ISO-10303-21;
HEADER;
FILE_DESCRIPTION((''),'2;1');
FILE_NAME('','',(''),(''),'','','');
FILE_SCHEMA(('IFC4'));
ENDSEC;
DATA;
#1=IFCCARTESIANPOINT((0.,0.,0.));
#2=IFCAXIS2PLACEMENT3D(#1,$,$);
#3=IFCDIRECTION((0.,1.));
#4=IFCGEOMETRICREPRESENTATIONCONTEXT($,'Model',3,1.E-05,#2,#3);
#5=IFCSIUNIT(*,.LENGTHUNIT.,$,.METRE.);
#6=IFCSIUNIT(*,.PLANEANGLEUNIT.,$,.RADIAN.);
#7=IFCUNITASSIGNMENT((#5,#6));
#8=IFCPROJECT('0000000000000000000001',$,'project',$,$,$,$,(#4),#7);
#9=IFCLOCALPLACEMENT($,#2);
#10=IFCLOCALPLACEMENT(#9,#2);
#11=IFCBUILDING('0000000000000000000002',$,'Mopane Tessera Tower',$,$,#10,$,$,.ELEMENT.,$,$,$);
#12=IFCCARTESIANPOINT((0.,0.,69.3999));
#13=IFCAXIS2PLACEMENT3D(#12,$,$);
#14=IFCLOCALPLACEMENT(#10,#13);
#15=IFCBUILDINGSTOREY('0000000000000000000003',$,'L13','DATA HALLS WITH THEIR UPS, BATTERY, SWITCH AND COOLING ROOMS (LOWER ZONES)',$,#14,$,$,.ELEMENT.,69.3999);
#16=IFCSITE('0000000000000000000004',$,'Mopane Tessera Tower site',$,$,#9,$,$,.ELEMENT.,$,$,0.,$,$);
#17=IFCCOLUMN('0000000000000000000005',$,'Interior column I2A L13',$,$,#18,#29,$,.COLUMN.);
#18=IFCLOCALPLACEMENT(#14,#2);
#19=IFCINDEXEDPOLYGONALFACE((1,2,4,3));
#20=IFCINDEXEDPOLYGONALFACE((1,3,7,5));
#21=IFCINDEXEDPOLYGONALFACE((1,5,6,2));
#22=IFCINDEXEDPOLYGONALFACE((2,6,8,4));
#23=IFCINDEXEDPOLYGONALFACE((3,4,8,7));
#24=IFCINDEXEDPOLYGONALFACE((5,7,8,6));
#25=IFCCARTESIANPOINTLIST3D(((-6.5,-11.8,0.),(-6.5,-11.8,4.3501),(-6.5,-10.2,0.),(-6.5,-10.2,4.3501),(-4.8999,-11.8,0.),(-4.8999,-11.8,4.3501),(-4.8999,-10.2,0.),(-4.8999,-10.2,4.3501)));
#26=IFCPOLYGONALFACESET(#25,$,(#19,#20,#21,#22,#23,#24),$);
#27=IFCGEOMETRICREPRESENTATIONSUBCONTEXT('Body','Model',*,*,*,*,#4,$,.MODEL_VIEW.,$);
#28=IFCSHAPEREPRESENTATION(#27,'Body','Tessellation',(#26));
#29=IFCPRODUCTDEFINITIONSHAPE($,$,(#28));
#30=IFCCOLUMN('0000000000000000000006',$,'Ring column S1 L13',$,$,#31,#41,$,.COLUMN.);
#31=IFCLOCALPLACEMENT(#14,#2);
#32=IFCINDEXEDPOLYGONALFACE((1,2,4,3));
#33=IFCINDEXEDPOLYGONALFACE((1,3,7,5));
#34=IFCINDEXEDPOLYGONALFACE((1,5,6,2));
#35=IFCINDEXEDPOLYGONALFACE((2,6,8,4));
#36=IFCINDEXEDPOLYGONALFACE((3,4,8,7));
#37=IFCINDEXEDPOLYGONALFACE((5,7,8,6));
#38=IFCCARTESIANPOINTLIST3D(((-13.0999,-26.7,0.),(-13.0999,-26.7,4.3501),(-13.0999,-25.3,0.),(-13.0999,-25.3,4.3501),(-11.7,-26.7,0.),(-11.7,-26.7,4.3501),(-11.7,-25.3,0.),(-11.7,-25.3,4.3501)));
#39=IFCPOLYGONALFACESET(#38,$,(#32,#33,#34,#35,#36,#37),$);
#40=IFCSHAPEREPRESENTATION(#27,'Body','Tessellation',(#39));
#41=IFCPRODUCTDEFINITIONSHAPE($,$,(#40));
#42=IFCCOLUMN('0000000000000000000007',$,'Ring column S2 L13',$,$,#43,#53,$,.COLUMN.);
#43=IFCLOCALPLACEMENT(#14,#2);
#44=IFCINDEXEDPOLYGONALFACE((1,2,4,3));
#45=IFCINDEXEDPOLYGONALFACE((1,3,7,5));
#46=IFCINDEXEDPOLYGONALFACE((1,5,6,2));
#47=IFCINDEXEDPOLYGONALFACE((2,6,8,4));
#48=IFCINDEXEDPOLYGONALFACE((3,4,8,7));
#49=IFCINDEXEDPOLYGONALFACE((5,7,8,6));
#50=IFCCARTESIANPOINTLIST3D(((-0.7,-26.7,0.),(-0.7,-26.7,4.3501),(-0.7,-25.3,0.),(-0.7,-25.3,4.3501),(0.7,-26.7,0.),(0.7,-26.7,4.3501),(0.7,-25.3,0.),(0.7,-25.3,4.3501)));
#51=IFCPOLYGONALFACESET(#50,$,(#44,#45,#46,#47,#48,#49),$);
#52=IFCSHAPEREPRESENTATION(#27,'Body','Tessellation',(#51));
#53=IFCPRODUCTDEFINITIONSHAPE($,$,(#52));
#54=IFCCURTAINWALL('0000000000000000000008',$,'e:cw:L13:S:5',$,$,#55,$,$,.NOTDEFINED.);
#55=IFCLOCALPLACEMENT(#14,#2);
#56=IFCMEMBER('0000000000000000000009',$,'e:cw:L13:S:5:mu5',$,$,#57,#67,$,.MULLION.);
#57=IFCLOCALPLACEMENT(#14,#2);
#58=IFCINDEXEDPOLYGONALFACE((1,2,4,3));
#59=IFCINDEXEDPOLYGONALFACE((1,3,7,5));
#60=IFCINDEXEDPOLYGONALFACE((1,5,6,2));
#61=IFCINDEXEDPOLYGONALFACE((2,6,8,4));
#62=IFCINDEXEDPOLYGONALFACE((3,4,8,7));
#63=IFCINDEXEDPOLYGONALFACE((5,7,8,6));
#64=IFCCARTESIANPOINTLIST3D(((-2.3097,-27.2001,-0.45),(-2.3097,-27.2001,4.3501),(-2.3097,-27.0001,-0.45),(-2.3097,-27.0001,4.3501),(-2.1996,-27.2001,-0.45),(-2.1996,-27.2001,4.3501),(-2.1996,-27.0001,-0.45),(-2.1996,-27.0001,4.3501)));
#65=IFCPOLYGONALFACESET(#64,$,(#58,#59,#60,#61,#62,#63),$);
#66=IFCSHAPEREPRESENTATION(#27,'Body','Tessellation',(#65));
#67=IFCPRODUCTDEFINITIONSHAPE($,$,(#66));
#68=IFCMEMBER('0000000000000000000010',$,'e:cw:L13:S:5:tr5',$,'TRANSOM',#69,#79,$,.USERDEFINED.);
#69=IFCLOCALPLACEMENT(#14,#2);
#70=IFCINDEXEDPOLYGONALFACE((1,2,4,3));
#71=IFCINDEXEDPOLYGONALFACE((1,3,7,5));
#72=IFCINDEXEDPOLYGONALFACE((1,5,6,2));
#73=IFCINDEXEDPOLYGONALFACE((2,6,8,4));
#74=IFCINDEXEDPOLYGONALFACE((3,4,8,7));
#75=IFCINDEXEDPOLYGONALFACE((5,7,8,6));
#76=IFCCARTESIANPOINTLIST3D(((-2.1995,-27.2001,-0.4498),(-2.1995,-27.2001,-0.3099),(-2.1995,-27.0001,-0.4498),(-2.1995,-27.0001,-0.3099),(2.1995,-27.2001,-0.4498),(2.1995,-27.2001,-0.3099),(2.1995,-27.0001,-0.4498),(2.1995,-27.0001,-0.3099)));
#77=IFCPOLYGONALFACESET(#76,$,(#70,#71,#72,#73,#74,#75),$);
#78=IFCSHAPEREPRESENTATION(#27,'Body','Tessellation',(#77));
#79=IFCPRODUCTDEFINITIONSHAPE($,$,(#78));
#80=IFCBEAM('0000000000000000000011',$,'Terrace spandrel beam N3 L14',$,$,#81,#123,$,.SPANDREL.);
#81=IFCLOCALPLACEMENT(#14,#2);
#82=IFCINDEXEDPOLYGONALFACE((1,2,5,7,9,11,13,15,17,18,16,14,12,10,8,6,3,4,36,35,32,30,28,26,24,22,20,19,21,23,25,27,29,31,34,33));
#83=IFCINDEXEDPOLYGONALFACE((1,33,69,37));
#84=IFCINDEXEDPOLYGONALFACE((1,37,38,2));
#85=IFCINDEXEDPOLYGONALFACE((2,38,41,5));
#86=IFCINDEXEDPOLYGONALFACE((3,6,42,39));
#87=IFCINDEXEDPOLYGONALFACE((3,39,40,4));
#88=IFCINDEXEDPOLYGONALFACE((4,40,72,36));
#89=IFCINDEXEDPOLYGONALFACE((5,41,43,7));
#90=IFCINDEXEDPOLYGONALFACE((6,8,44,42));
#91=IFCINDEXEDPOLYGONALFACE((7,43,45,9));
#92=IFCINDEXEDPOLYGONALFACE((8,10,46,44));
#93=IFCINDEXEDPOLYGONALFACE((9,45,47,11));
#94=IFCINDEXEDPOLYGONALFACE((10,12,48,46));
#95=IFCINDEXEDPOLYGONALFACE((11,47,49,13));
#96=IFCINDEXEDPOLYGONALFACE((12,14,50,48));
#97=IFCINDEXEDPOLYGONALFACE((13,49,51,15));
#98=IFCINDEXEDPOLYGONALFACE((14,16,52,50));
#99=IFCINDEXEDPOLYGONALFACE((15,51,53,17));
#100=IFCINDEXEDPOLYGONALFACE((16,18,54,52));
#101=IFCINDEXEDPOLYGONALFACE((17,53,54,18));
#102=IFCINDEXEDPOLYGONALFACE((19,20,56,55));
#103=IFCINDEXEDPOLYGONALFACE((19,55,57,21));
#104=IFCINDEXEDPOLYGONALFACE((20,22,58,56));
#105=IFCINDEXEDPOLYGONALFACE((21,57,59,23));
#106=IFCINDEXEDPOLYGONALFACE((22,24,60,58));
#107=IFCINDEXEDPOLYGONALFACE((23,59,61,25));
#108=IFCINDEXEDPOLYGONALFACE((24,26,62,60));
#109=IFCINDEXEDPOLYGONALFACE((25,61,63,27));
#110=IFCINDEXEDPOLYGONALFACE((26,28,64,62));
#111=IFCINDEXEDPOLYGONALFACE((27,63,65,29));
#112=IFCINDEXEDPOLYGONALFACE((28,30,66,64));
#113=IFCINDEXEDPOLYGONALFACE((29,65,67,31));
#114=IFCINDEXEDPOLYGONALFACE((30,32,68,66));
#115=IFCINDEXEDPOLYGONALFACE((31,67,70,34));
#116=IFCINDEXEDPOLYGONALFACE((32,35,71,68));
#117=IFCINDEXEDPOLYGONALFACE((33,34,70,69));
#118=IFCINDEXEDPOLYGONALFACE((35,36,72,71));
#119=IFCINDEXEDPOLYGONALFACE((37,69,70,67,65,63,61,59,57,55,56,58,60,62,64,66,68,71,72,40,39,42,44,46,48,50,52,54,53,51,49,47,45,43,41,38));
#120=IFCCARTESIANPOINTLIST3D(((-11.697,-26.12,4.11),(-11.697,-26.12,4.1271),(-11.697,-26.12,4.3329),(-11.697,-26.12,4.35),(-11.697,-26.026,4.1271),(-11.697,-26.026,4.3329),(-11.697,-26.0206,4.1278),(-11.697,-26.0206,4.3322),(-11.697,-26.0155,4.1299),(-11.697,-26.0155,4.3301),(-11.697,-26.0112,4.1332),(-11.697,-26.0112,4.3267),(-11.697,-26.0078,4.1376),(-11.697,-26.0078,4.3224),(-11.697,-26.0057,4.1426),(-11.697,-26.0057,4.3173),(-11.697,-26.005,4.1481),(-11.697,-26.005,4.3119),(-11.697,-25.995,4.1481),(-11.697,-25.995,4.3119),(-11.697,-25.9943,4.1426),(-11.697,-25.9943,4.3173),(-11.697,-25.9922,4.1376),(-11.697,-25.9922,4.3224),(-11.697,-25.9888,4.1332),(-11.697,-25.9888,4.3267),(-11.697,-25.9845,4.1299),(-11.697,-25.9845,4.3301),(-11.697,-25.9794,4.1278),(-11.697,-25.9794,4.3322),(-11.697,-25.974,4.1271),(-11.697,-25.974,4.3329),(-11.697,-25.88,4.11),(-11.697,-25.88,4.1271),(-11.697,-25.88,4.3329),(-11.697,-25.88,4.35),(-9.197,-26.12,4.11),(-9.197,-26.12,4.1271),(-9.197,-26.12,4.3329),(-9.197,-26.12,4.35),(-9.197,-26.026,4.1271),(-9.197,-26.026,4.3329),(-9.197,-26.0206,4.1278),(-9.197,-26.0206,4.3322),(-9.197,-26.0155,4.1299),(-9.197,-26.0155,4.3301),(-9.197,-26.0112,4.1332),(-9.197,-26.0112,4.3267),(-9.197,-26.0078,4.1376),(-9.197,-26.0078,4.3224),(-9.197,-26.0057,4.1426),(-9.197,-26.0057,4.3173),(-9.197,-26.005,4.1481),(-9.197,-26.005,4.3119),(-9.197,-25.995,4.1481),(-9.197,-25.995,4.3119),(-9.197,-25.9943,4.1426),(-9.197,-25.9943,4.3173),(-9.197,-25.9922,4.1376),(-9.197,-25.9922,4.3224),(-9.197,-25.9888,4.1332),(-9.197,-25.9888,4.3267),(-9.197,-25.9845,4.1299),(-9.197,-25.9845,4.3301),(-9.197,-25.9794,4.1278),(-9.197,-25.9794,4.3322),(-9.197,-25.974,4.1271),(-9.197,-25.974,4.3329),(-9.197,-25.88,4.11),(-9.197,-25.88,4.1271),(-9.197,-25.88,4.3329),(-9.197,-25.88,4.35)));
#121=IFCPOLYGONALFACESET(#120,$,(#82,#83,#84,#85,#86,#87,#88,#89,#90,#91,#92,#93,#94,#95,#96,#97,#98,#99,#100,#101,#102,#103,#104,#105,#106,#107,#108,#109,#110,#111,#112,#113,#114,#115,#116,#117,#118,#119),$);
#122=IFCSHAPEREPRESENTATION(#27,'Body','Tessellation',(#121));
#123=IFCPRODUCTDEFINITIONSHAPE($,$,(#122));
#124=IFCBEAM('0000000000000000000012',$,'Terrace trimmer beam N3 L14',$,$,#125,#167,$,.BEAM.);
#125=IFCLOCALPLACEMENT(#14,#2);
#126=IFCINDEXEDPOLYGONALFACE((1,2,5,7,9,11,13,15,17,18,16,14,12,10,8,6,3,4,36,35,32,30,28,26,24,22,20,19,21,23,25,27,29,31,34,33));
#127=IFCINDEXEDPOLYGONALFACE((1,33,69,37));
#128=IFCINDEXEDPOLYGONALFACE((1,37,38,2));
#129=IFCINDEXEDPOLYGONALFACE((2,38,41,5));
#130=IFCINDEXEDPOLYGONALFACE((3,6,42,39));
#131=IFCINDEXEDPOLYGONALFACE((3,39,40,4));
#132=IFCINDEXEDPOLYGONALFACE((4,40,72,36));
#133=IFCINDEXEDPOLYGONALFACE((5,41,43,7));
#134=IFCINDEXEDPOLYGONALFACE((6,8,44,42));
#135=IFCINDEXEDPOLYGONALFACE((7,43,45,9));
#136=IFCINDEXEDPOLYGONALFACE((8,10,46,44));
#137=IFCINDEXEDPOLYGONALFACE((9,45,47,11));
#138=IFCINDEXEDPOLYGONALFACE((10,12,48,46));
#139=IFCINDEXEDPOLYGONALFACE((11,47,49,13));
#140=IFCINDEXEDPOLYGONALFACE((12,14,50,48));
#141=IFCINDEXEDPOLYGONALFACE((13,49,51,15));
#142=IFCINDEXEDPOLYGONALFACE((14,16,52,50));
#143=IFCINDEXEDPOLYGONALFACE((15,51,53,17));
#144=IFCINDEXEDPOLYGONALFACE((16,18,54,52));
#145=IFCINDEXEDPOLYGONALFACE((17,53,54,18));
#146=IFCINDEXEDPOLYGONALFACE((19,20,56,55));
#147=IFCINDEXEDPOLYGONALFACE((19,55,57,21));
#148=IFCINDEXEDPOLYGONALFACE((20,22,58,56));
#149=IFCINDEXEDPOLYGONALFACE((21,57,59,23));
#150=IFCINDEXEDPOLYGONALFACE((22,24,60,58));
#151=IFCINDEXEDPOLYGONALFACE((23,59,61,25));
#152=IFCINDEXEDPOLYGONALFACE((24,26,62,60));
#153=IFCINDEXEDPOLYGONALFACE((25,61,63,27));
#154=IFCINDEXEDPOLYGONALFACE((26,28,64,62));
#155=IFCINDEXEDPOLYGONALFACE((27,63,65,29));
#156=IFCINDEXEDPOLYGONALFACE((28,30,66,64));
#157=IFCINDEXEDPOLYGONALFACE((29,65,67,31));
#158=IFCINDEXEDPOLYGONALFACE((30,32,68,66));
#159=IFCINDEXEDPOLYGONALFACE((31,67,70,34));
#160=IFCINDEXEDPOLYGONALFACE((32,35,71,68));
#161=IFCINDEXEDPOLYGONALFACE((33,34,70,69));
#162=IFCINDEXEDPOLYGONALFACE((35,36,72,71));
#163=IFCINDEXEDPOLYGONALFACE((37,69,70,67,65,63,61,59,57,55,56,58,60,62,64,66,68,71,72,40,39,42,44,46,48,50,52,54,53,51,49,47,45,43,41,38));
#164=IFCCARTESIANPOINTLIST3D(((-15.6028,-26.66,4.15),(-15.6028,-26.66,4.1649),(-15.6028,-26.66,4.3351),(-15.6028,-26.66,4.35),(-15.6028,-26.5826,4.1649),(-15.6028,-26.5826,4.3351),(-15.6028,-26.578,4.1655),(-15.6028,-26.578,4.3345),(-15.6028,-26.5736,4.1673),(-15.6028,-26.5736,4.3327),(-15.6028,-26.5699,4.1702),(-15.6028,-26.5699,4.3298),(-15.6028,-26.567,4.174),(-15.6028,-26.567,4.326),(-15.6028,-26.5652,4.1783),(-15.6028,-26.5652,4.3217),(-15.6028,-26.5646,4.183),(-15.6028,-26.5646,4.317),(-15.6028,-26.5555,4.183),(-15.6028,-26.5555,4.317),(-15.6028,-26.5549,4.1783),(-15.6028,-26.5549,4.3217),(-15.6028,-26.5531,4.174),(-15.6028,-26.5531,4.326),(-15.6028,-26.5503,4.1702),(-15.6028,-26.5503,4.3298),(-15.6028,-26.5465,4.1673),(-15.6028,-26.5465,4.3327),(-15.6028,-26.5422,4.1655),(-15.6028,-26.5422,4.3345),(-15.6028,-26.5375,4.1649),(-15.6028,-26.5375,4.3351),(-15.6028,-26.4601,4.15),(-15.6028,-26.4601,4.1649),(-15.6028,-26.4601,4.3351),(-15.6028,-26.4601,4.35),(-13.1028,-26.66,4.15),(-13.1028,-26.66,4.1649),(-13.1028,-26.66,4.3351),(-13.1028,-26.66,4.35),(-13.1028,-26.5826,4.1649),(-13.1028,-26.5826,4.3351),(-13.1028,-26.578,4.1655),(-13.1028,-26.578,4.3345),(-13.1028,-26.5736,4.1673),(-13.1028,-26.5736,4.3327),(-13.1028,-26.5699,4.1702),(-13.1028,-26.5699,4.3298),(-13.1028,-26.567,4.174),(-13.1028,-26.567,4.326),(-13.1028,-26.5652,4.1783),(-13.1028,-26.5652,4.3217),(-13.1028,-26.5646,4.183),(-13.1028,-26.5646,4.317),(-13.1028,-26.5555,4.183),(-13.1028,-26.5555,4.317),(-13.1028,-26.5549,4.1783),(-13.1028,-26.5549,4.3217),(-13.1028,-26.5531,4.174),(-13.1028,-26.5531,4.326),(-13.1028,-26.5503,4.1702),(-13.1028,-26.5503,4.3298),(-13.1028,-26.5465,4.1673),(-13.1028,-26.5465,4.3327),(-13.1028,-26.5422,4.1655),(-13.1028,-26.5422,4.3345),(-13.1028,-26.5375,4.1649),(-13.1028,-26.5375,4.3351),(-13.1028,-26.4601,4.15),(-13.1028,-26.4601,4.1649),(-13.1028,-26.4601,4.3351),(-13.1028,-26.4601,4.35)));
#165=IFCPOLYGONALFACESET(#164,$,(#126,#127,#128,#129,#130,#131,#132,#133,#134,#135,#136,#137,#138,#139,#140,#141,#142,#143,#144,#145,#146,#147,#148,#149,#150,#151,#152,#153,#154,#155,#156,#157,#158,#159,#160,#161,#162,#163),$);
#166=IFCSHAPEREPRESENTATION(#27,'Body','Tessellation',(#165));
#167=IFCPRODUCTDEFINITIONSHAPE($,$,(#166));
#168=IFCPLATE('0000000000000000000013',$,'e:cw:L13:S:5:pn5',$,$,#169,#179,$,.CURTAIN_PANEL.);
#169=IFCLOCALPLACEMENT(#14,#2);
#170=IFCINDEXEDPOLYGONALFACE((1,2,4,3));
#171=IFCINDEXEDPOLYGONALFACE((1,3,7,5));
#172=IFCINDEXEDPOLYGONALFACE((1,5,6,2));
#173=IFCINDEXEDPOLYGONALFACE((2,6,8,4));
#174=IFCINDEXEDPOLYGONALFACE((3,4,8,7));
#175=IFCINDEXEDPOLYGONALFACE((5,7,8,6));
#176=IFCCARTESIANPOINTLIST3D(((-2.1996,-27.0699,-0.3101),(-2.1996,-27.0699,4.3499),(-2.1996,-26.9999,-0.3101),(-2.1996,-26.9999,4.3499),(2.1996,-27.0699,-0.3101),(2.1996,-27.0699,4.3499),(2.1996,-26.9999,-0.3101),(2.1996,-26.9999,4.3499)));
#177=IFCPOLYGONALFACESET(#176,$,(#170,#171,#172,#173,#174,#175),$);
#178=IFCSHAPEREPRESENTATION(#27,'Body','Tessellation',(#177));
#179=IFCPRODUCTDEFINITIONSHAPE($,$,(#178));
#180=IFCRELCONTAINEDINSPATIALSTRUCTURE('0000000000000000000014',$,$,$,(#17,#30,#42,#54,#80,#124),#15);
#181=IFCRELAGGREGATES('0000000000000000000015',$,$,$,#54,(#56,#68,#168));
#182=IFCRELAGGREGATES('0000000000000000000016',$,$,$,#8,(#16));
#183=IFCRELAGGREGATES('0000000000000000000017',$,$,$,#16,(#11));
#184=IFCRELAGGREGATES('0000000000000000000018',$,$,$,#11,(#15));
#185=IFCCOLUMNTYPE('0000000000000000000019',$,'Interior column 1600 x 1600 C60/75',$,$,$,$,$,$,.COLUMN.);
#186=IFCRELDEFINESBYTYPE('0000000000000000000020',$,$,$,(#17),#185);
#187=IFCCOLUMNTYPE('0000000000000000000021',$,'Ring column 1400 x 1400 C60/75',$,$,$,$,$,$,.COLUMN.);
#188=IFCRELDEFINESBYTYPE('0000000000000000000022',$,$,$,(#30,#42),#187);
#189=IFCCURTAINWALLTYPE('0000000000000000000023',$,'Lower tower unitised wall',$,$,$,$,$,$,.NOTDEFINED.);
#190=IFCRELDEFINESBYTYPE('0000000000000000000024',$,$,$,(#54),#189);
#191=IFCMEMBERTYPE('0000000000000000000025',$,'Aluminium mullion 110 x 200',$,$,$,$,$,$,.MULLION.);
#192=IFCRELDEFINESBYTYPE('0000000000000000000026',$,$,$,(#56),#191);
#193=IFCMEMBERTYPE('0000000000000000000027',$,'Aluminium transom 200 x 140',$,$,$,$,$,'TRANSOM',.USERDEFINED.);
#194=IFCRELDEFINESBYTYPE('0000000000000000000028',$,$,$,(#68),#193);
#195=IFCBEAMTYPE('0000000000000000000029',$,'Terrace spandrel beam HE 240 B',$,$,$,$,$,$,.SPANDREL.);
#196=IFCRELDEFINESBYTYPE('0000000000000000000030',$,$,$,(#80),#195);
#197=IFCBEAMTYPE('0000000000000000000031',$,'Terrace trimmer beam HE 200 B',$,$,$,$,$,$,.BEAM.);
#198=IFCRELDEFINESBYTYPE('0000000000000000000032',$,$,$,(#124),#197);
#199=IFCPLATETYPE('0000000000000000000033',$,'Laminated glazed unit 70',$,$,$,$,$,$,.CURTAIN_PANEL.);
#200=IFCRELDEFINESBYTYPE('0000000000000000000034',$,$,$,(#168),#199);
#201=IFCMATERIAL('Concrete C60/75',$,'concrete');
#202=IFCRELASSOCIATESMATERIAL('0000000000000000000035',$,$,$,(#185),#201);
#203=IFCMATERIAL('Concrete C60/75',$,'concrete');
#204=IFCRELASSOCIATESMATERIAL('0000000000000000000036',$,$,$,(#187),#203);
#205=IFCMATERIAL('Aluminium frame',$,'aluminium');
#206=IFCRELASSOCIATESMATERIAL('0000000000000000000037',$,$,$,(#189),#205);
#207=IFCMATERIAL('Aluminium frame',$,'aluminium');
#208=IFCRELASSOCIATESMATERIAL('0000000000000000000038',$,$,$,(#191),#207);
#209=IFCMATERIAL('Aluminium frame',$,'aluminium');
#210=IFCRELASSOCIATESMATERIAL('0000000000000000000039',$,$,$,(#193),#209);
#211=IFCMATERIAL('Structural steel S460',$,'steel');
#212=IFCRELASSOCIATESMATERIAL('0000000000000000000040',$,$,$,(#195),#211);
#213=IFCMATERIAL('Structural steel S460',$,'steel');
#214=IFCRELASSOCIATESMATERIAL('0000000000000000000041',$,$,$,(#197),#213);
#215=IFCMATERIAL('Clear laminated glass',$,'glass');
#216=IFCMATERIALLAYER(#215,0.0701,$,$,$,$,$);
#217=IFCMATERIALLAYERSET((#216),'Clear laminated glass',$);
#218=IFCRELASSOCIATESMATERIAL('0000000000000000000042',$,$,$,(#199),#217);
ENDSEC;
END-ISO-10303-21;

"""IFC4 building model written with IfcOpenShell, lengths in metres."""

from ifc_helpers import new_model, si_unit, direction, frame, origin, origin_2d, place, context, subcontext, project, spatial, rectangle, i_section, extrude, material, layer, layer_set, material_profile, profile_set, type_object, element, aggregate, save


model = new_model("IFC4")

# Units and contexts
model_context = context("Model", 3, precision=1e-05, world=origin(), true_north=direction((0.0, 1.0)))
body_context = subcontext(model_context, "Body", "Model", "MODEL_VIEW")
ifc_project = project(units=[si_unit("LENGTHUNIT", "METRE"), si_unit("PLANEANGLEUNIT", "RADIAN")], contexts=[model_context])

# Site, building, storey
site_placement = place(None, origin())
site = spatial("IfcSite", under=ifc_project, at=site_placement, Name="Mopane Tessera Tower site", CompositionType="ELEMENT", RefElevation=0.0)
building_placement = place(site_placement, origin())
building = spatial("IfcBuilding", under=site, at=building_placement, Name="Mopane Tessera Tower", CompositionType="ELEMENT")
storey_placement = place(building_placement, frame((0.0, 0.0, 69.3999)))
storey = spatial("IfcBuildingStorey", under=building, at=storey_placement, Name="L13", Description="DATA HALLS WITH THEIR UPS, BATTERY, SWITCH AND COOLING ROOMS (LOWER ZONES)", CompositionType="ELEMENT", Elevation=69.3999)

# Columns
ifc_material_1 = material(Name="Concrete C60/75", Category="concrete")
ifc_material_profile_1 = material_profile(ifc_material_1, rectangle(XDim=1.6001, YDim=1.6001, at=origin_2d()))
ifc_profile_set_1 = profile_set([ifc_material_profile_1], Name="Concrete C60/75")
column_type_1 = type_object("IfcColumnType", Name="Interior column 1600 x 1600 C60/75", PredefinedType="COLUMN", material=ifc_profile_set_1)
column_placement = place(storey_placement, frame((-5.7, -11.0, 0.0), z_axis=(0.0, 0.0, 1.0), x_axis=(1.0, 0.0, 0.0)))
element("IfcColumn", 1, at=column_placement, inside=storey, type_object=column_type_1, Name="Interior column I2A L13", PredefinedType="COLUMN", context=body_context, shape_type="SweptSolid", body=[
    extrude(rectangle(XDim=1.6001, YDim=1.6001, at=origin_2d()), origin(), (0.0, 0.0, 1.0), 4.3501),
])
ifc_material_2 = material(Name="Concrete C60/75", Category="concrete")
ifc_material_profile_2 = material_profile(ifc_material_2, rectangle(XDim=1.3999, YDim=1.3999, at=origin_2d()))
ifc_profile_set_2 = profile_set([ifc_material_profile_2], Name="Concrete C60/75")
column_type_2 = type_object("IfcColumnType", Name="Ring column 1400 x 1400 C60/75", PredefinedType="COLUMN", material=ifc_profile_set_2)
for number, where, z_axis, x_axis, name in (
    (2, (-12.3999, -26.0, 0.0), (0.0, 0.0, 1.0), (1.0, 0.0, 0.0), "Ring column S1 L13"),
    (3, (0.0, -26.0, 0.0), (0.0, 0.0, 1.0), (1.0, 0.0, 0.0), "Ring column S2 L13"),
):
    element("IfcColumn", number, at=place(storey_placement, frame(where, z_axis=z_axis, x_axis=x_axis)), inside=storey, type_object=column_type_2, Name=name, PredefinedType="COLUMN", context=body_context, shape_type="SweptSolid", body=[
        extrude(rectangle(XDim=1.3999, YDim=1.3999, at=origin_2d()), origin(), (0.0, 0.0, 1.0), 4.3501),
    ])

# Curtain wall, members
ifc_material_3 = material(Name="Aluminium frame", Category="aluminium")
curtain_wall_type = type_object("IfcCurtainWallType", Name="Lower tower unitised wall", PredefinedType="NOTDEFINED", material=ifc_material_3)
curtain_wall_placement = place(storey_placement, origin())
curtain_wall = element("IfcCurtainWall", 4, at=curtain_wall_placement, inside=storey, type_object=curtain_wall_type, Name="e:cw:L13:S:5", PredefinedType="NOTDEFINED")
ifc_material_4 = material(Name="Aluminium frame", Category="aluminium")
ifc_material_profile_3 = material_profile(ifc_material_4, rectangle(XDim=0.1101, YDim=0.2, at=origin_2d()))
ifc_profile_set_3 = profile_set([ifc_material_profile_3], Name="Aluminium frame")
member_type_1 = type_object("IfcMemberType", Name="Aluminium mullion 110 x 200", PredefinedType="MULLION", material=ifc_profile_set_3)
member_1_placement = place(storey_placement, frame((-2.2546, -27.1001, -0.45), z_axis=(0.0, 0.0, 1.0), x_axis=(1.0, 0.0, 0.0)))
member_1 = element("IfcMember", 5, at=member_1_placement, type_object=member_type_1, Name="e:cw:L13:S:5:mu5", PredefinedType="MULLION", context=body_context, shape_type="SweptSolid", body=[
    extrude(rectangle(XDim=0.1101, YDim=0.2, at=origin_2d()), origin(), (0.0, 0.0, 1.0), 4.8),
])
ifc_material_5 = material(Name="Aluminium frame", Category="aluminium")
ifc_material_profile_4 = material_profile(ifc_material_5, rectangle(XDim=0.2, YDim=0.1399, at=origin_2d()))
ifc_profile_set_4 = profile_set([ifc_material_profile_4], Name="Aluminium frame")
member_type_2 = type_object("IfcMemberType", Name="Aluminium transom 200 x 140", ElementType="TRANSOM", PredefinedType="USERDEFINED", material=ifc_profile_set_4)
member_2_placement = place(storey_placement, frame((-2.1995, -27.1001, -0.3799), z_axis=(1.0, 0.0, 0.0), x_axis=(0.0, 1.0, 0.0)))
member_2 = element("IfcMember", 6, at=member_2_placement, type_object=member_type_2, Name="e:cw:L13:S:5:tr5", ObjectType="TRANSOM", PredefinedType="USERDEFINED", context=body_context, shape_type="SweptSolid", body=[
    extrude(rectangle(XDim=0.2, YDim=0.1399, at=origin_2d()), origin(), (0.0, 0.0, 1.0), 4.3989),
])

# Beams
ifc_material_6 = material(Name="Structural steel S460", Category="steel")
ifc_material_profile_5 = material_profile(ifc_material_6, i_section(OverallWidth=0.24, OverallDepth=0.24, WebThickness=0.01, FlangeThickness=0.0171, FilletRadius=0.021, at=origin_2d()))
ifc_profile_set_5 = profile_set([ifc_material_profile_5], Name="Structural steel S460")
beam_type_1 = type_object("IfcBeamType", Name="Terrace spandrel beam HE 240 B", PredefinedType="SPANDREL", material=ifc_profile_set_5)
beam_1_placement = place(storey_placement, frame((-11.697, -26.0, 4.23), z_axis=(1.0, 0.0, 0.0), x_axis=(0.0, 1.0, 0.0)))
element("IfcBeam", 7, at=beam_1_placement, inside=storey, type_object=beam_type_1, Name="Terrace spandrel beam N3 L14", PredefinedType="SPANDREL", context=body_context, shape_type="SweptSolid", body=[
    extrude(i_section(OverallWidth=0.24, OverallDepth=0.24, WebThickness=0.01, FlangeThickness=0.0171, FilletRadius=0.021, at=origin_2d()), origin(), (0.0, 0.0, 1.0), 2.5),
])
ifc_material_7 = material(Name="Structural steel S460", Category="steel")
ifc_material_profile_6 = material_profile(ifc_material_7, i_section(OverallWidth=0.2, OverallDepth=0.2, WebThickness=0.009, FlangeThickness=0.0149, FilletRadius=0.0181, at=origin_2d()))
ifc_profile_set_6 = profile_set([ifc_material_profile_6], Name="Structural steel S460")
beam_type_2 = type_object("IfcBeamType", Name="Terrace trimmer beam HE 200 B", PredefinedType="BEAM", material=ifc_profile_set_6)
beam_2_placement = place(storey_placement, frame((-13.1028, -26.5601, 4.25), z_axis=(-1.0, 0.0, 0.0), x_axis=(0.0, -1.0, 0.0)))
element("IfcBeam", 8, at=beam_2_placement, inside=storey, type_object=beam_type_2, Name="Terrace trimmer beam N3 L14", PredefinedType="BEAM", context=body_context, shape_type="SweptSolid", body=[
    extrude(i_section(OverallWidth=0.2, OverallDepth=0.2, WebThickness=0.009, FlangeThickness=0.0149, FilletRadius=0.0181, at=origin_2d()), origin(), (0.0, 0.0, 1.0), 2.5),
])

# Plate
ifc_material_8 = material(Name="Clear laminated glass", Category="glass")
ifc_layer_1 = layer(ifc_material_8, 0.0701)
ifc_layer_set_1 = layer_set([ifc_layer_1], Name="Clear laminated glass")
plate_type = type_object("IfcPlateType", Name="Laminated glazed unit 70", PredefinedType="CURTAIN_PANEL", material=ifc_layer_set_1)
plate_placement = place(storey_placement, frame((0.0, -27.0349, -0.3101), z_axis=(0.0, 0.0, 1.0), x_axis=(1.0, 0.0, 0.0)))
plate = element("IfcPlate", 9, at=plate_placement, type_object=plate_type, Name="e:cw:L13:S:5:pn5", PredefinedType="CURTAIN_PANEL", context=body_context, shape_type="SweptSolid", body=[
    extrude(rectangle(XDim=4.3992, YDim=0.0701, at=origin_2d()), origin(), (0.0, 0.0, 1.0), 4.6599),
])
aggregate(curtain_wall, [member_1, member_2, plate])

save(model, "model.ifc")
